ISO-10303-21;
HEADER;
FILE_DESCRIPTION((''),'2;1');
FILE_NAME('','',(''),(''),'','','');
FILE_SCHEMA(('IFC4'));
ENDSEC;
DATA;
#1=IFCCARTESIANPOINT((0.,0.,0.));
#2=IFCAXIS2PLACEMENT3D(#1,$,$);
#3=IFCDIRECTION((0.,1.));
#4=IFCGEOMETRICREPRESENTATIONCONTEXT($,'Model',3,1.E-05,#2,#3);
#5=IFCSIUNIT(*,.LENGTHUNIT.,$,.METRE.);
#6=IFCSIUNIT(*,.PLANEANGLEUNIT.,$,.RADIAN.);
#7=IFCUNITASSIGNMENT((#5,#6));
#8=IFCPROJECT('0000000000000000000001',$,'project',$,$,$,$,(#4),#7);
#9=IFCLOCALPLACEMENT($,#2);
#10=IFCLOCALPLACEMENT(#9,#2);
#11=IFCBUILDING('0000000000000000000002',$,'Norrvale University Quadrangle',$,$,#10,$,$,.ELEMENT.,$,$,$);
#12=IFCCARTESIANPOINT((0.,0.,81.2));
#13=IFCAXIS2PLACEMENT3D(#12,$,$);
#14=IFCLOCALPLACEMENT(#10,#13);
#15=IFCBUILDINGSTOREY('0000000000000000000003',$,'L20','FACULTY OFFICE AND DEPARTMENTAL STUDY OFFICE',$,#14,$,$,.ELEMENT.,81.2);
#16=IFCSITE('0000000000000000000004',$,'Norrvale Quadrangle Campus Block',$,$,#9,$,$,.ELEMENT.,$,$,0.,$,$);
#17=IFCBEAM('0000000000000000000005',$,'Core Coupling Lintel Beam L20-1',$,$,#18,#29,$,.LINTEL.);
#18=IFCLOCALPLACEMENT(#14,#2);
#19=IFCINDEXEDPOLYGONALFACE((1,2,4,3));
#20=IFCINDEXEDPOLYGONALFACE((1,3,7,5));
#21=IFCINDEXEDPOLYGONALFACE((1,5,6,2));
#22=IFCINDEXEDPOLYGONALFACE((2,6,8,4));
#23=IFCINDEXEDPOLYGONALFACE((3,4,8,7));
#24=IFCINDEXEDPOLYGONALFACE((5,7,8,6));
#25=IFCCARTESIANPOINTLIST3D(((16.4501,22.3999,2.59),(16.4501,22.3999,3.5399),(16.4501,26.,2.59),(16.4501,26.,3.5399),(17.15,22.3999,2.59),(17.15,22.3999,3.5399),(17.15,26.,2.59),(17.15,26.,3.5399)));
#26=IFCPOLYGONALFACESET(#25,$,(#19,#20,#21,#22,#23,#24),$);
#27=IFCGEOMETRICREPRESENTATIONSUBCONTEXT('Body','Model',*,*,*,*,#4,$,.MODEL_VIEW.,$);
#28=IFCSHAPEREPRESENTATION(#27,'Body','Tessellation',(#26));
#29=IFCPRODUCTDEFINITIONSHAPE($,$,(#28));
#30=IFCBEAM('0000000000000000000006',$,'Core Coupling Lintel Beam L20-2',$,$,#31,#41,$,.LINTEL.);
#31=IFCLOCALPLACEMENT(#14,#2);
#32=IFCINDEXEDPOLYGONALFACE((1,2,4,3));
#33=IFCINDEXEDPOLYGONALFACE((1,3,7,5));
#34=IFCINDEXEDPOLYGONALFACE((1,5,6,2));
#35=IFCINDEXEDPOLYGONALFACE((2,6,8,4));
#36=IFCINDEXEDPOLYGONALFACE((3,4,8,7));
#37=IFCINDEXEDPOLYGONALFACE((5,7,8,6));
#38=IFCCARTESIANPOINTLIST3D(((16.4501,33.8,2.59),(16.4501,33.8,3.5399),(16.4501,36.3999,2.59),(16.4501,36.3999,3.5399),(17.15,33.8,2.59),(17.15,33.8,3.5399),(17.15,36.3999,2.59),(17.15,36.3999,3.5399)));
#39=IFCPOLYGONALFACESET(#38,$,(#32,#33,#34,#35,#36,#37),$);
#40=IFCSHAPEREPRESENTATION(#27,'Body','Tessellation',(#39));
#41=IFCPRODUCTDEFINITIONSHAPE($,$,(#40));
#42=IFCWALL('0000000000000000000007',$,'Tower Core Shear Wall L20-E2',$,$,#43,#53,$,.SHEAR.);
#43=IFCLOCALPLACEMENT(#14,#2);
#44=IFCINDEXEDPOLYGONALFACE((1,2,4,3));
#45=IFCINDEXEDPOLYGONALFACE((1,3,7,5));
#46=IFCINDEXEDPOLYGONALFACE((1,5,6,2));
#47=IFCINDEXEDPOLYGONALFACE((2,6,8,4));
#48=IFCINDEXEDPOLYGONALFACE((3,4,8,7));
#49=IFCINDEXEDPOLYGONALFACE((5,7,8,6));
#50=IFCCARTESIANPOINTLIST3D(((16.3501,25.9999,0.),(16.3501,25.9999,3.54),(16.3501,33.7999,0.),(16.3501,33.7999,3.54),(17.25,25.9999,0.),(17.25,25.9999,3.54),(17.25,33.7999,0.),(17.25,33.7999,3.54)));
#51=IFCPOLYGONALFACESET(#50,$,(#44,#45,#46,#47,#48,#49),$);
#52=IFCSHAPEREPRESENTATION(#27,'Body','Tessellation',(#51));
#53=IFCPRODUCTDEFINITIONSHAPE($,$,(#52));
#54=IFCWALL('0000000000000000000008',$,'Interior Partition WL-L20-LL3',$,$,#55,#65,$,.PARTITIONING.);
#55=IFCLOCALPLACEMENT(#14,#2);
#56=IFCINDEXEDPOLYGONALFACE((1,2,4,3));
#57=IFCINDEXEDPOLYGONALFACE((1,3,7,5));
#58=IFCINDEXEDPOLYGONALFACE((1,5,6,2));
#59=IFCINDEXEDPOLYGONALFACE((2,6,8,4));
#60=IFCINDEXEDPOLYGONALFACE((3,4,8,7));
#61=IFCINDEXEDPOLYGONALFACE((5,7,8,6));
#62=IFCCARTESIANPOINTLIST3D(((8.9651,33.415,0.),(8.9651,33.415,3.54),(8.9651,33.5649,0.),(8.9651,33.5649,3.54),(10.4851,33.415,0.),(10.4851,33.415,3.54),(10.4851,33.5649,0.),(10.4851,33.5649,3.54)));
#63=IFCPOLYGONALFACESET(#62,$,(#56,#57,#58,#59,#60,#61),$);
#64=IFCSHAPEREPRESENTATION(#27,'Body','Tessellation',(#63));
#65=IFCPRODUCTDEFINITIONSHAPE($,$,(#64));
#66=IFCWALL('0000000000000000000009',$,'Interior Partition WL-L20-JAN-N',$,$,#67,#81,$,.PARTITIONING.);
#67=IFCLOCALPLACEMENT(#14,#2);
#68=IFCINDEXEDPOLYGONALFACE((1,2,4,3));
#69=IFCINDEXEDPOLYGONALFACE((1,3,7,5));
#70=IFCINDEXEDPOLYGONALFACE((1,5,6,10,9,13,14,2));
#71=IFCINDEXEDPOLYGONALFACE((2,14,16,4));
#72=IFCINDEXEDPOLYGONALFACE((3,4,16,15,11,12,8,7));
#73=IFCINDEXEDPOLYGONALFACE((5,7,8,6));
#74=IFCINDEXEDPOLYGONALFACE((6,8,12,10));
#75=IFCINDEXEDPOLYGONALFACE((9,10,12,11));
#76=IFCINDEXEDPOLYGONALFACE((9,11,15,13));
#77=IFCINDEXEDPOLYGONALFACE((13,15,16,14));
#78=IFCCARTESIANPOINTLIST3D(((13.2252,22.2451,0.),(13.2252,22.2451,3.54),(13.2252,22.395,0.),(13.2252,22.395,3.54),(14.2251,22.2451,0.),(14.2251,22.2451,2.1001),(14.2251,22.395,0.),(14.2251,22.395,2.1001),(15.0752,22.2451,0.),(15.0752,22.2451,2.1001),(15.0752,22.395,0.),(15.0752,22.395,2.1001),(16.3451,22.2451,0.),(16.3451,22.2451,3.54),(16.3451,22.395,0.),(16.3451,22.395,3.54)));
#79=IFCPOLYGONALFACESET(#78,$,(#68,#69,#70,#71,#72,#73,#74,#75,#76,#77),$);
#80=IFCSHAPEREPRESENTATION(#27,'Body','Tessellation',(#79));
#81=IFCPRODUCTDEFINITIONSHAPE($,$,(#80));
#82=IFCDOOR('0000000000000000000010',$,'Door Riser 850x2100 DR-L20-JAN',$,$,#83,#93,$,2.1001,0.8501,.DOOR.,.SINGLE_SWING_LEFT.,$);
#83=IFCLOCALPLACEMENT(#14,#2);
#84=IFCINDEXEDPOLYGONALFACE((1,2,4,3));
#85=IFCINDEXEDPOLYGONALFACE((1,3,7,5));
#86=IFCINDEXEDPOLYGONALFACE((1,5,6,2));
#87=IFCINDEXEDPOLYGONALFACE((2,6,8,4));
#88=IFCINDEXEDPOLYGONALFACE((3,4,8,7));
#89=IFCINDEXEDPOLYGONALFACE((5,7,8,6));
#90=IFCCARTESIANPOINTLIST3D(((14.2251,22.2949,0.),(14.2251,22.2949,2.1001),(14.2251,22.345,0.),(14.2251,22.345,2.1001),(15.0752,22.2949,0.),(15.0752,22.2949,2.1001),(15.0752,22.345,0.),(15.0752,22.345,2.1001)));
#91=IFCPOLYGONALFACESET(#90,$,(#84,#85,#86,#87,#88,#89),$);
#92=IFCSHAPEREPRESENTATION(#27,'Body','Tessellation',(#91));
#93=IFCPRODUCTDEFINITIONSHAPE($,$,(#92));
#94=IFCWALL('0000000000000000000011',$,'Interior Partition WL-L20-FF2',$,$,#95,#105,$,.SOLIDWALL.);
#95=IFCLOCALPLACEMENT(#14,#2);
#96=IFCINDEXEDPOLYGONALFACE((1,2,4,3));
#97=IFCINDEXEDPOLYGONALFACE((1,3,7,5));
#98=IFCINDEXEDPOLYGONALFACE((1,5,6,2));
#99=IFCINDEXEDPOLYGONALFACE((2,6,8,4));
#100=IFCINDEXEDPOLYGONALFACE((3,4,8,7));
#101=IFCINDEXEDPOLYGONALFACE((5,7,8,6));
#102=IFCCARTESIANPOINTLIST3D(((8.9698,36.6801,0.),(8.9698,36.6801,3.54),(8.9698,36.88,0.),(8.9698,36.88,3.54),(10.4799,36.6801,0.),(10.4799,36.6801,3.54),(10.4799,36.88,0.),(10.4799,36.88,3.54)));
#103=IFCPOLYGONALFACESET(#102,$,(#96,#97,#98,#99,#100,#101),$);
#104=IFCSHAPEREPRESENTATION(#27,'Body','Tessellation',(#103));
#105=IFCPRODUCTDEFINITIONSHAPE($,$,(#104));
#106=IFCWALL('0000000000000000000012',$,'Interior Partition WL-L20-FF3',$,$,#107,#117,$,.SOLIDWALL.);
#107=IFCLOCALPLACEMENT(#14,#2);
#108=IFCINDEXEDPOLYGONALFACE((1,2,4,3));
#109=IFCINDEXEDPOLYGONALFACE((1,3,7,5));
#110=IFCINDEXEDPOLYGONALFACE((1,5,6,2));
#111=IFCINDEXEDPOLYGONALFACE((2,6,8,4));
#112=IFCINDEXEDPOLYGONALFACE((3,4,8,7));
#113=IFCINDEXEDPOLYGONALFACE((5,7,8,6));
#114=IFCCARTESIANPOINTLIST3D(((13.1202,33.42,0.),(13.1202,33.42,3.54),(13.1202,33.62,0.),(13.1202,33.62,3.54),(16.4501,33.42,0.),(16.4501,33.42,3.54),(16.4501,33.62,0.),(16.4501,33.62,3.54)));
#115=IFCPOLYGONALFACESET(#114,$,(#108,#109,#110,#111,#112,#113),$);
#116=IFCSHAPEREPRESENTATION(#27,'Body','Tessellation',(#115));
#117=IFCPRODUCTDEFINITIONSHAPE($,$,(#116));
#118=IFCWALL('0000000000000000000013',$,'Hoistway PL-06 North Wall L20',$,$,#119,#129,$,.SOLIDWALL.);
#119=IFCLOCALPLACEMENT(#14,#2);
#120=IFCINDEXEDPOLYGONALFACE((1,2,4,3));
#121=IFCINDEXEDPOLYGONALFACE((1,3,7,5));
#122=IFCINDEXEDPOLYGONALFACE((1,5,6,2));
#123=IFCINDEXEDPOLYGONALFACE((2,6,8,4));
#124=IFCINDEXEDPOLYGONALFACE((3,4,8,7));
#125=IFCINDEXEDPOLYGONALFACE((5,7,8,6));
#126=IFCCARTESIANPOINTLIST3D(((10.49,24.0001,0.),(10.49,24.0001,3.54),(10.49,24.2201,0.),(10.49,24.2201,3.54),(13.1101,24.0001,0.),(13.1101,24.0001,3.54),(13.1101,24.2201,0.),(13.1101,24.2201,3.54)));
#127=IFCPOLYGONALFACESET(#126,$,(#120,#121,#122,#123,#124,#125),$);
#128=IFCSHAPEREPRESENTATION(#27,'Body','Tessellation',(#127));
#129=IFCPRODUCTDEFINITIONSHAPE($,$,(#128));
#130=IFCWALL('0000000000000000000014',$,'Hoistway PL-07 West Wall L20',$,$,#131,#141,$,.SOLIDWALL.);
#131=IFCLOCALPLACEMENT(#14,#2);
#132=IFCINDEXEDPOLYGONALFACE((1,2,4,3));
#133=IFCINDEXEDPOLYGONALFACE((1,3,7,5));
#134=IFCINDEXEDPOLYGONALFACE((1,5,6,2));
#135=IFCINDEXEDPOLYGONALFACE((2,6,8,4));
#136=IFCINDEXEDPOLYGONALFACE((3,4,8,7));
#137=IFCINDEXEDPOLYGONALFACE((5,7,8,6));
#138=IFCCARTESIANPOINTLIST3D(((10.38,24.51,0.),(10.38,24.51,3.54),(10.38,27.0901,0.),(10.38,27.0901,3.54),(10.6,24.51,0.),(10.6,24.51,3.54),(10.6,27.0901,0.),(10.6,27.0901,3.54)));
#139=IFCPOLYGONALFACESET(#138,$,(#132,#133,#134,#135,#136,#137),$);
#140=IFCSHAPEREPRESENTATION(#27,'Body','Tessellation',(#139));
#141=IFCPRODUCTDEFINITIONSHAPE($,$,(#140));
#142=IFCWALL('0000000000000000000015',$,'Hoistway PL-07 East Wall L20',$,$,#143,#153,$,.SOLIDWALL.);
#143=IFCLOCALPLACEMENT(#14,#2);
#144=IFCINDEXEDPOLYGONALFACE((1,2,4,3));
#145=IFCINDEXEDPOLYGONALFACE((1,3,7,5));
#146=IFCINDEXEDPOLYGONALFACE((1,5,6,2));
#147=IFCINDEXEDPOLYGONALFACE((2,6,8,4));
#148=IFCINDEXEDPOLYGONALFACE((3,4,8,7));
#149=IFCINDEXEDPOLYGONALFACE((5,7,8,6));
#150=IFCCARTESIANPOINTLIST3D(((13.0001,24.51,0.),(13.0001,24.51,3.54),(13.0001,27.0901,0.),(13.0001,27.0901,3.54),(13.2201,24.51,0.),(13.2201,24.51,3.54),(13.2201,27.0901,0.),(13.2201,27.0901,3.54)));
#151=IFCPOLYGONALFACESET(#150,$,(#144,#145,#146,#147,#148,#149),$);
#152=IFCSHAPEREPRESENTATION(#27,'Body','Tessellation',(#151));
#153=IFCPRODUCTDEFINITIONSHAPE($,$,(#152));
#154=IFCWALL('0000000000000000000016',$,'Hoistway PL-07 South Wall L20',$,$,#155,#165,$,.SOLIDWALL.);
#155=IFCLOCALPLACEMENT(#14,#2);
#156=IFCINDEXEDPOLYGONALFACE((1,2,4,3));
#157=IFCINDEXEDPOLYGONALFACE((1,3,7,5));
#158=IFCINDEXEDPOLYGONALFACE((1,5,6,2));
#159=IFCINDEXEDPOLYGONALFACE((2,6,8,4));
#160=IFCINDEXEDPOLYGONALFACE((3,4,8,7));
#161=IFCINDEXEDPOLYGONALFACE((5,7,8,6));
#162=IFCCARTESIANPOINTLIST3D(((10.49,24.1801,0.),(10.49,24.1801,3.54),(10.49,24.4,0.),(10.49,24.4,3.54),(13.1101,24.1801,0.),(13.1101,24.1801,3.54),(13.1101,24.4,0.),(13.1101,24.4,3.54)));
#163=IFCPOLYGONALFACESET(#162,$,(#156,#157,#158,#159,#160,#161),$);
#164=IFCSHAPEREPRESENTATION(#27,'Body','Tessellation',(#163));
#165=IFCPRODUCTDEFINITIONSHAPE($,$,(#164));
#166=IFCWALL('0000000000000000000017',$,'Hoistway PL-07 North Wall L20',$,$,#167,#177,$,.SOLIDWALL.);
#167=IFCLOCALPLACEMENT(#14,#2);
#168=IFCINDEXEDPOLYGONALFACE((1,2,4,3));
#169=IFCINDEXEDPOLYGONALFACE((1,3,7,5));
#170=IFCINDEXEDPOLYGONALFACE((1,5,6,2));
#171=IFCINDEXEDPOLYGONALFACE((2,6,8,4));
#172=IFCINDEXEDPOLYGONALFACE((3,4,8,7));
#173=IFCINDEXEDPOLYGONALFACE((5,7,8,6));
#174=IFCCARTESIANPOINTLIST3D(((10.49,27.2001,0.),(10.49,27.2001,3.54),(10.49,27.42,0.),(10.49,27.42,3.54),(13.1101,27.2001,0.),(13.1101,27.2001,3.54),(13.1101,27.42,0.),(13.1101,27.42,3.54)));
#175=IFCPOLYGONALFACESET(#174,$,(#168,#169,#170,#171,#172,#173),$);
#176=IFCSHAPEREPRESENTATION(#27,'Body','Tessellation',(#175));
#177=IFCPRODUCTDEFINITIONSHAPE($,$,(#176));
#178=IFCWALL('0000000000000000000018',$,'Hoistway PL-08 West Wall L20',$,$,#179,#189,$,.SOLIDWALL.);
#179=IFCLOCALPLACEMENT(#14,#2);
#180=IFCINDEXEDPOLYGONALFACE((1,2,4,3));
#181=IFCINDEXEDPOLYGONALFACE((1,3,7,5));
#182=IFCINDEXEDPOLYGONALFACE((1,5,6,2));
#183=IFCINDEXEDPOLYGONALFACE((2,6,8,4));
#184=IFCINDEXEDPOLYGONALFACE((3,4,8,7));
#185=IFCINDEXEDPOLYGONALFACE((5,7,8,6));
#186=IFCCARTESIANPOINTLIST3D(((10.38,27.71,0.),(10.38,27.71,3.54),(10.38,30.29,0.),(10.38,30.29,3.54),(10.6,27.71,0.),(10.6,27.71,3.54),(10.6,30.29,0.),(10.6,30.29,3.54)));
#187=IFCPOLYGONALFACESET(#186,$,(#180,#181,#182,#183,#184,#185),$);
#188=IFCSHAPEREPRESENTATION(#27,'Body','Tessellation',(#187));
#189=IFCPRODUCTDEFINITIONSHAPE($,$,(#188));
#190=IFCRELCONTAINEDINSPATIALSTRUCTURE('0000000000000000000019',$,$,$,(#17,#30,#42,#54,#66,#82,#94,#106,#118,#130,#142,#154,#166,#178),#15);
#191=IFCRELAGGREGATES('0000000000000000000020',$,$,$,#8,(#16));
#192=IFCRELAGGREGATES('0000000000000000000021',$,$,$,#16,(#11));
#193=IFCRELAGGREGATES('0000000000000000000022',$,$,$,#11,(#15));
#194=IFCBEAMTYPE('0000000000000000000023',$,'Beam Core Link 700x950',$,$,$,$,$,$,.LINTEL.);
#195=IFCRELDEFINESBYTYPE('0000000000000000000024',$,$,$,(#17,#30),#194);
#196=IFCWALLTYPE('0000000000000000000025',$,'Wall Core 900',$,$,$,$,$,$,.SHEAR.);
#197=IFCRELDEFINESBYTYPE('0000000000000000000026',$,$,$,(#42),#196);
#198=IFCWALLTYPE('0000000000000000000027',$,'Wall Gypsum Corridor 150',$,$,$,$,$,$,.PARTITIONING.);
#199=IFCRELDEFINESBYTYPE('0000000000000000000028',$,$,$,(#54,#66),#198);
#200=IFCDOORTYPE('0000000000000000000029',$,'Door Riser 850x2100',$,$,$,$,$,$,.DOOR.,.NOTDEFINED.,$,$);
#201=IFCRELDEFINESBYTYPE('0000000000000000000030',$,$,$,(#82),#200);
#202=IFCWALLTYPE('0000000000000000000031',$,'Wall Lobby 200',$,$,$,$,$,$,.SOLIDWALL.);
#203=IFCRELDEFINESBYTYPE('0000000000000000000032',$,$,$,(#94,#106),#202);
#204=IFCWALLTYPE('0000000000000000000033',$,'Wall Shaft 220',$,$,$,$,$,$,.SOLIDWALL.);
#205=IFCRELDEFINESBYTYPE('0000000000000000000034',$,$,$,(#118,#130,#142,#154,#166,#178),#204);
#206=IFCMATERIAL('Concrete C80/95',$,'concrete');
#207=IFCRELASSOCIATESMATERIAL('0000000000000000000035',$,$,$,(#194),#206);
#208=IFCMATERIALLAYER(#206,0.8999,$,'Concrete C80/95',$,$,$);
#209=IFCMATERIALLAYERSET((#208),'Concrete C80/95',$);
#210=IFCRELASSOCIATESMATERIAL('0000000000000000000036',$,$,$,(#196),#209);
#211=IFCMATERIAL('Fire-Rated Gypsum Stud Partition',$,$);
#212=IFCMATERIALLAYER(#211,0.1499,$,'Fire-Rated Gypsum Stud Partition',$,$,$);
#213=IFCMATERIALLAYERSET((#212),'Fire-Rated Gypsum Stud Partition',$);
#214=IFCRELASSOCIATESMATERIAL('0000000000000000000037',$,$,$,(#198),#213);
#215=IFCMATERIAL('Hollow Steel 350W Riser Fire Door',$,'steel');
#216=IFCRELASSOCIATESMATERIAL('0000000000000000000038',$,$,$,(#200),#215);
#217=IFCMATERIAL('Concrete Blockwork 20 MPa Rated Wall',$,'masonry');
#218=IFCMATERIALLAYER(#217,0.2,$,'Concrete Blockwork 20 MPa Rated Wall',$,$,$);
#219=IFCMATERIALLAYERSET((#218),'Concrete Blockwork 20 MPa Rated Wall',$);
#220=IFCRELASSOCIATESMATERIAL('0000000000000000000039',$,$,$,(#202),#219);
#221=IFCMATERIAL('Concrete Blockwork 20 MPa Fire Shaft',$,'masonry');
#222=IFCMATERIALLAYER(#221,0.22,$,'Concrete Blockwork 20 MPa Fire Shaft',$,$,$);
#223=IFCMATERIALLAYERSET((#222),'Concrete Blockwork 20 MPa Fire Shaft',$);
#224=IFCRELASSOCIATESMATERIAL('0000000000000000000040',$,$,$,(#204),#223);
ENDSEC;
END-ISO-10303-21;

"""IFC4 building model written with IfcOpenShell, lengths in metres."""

from ifc_helpers import new_model, si_unit, direction, frame, frame_2d, origin, origin_2d, place, context, subcontext, project, spatial, rectangle, extrude, material, layer, layer_set, material_profile, profile_set, type_object, element, fill, save


model = new_model("IFC4")

# Units and contexts
model_context = context("Model", 3, precision=1e-05, world=origin(), true_north=direction((0.0, 1.0)))
body_context = subcontext(model_context, "Body", "Model", "MODEL_VIEW")
ifc_project = project(units=[si_unit("LENGTHUNIT", "METRE"), si_unit("PLANEANGLEUNIT", "RADIAN")], contexts=[model_context])

# Site, building, storey
site_placement = place(None, origin())
site = spatial("IfcSite", under=ifc_project, at=site_placement, Name="Norrvale Quadrangle Campus Block", CompositionType="ELEMENT", RefElevation=0.0)
building_placement = place(site_placement, origin())
building = spatial("IfcBuilding", under=site, at=building_placement, Name="Norrvale University Quadrangle", CompositionType="ELEMENT")
storey_placement = place(building_placement, frame((0.0, 0.0, 81.2)))
storey = spatial("IfcBuildingStorey", under=building, at=storey_placement, Name="L20", Description="FACULTY OFFICE AND DEPARTMENTAL STUDY OFFICE", CompositionType="ELEMENT", Elevation=81.2)

# Beams
ifc_material_1 = material(Name="Concrete C80/95", Category="concrete")
ifc_material_profile = material_profile(ifc_material_1, rectangle(XDim=0.7, YDim=0.95, at=origin_2d()), Name="Concrete C80/95")
ifc_profile_set = profile_set([ifc_material_profile], Name="Concrete C80/95")
beam_type = type_object("IfcBeamType", Name="Beam Core Link 700x950", PredefinedType="LINTEL", material=ifc_profile_set)
beam_1_placement = place(storey_placement, frame((16.8, 22.3999, 3.0649), z_axis=(0.0, 1.0, 0.0), x_axis=(-1.0, 0.0, 0.0)))
element("IfcBeam", 1, at=beam_1_placement, inside=storey, type_object=beam_type, Name="Core Coupling Lintel Beam L20-1", PredefinedType="LINTEL", context=body_context, shape_type="SweptSolid", body=[
    extrude(rectangle(XDim=0.7, YDim=0.95, at=origin_2d()), origin(), (0.0, 0.0, 1.0), 3.6001),
])
beam_2_placement = place(storey_placement, frame((16.8, 33.8, 3.0649), z_axis=(0.0, 1.0, 0.0), x_axis=(-1.0, 0.0, 0.0)))
element("IfcBeam", 2, at=beam_2_placement, inside=storey, type_object=beam_type, Name="Core Coupling Lintel Beam L20-2", PredefinedType="LINTEL", context=body_context, shape_type="SweptSolid", body=[
    extrude(rectangle(XDim=0.7, YDim=0.95, at=origin_2d()), origin(), (0.0, 0.0, 1.0), 2.5999),
])

# Wall
ifc_layer_1 = layer(ifc_material_1, 0.8999, Name="Concrete C80/95")
ifc_layer_set_1 = layer_set([ifc_layer_1], Name="Concrete C80/95")
wall_type_1 = type_object("IfcWallType", Name="Wall Core 900", PredefinedType="SHEAR", material=ifc_layer_set_1)
wall_1_placement = place(storey_placement, frame((16.8, 26.0, 0.0), z_axis=(0.0, 0.0, 1.0), x_axis=(0.0, 1.0, 0.0)))
element("IfcWall", 3, at=wall_1_placement, inside=storey, type_object=wall_type_1, Name="Tower Core Shear Wall L20-E2", PredefinedType="SHEAR", context=body_context, shape_type="SweptSolid", body=[
    extrude(rectangle(XDim=7.8, YDim=0.8999, at=frame_2d((3.8999, 0.0))), origin(), (0.0, 0.0, 1.0), 3.54),
])

# Wall
ifc_material_2 = material(Name="Fire-Rated Gypsum Stud Partition")
ifc_layer_2 = layer(ifc_material_2, 0.1499, Name="Fire-Rated Gypsum Stud Partition")
ifc_layer_set_2 = layer_set([ifc_layer_2], Name="Fire-Rated Gypsum Stud Partition")
wall_type_2 = type_object("IfcWallType", Name="Wall Gypsum Corridor 150", PredefinedType="PARTITIONING", material=ifc_layer_set_2)
wall_2_placement = place(storey_placement, frame((8.9651, 33.49, 0.0), z_axis=(0.0, 0.0, 1.0), x_axis=(1.0, 0.0, 0.0)))
element("IfcWall", 4, at=wall_2_placement, inside=storey, type_object=wall_type_2, Name="Interior Partition WL-L20-LL3", PredefinedType="PARTITIONING", context=body_context, shape_type="SweptSolid", body=[
    extrude(rectangle(XDim=1.52, YDim=0.1499, at=frame_2d((0.76, 0.0))), origin(), (0.0, 0.0, 1.0), 3.54),
])

# Wall, opening, door
wall_3_placement = place(storey_placement, frame((13.2251, 22.3201, 0.0), z_axis=(0.0, 0.0, 1.0), x_axis=(1.0, 0.0, 0.0)))
wall_3 = element("IfcWall", 5, at=wall_3_placement, inside=storey, type_object=wall_type_2, Name="Interior Partition WL-L20-JAN-N", PredefinedType="PARTITIONING", context=body_context, shape_type="SweptSolid", body=[
    extrude(rectangle(XDim=3.1199, YDim=0.1499, at=frame_2d((1.5601, 0.0))), origin(), (0.0, 0.0, 1.0), 3.54),
])
opening_1_placement = place(wall_3_placement, frame((1.0, 0.0, 0.0)))
opening_1 = element("IfcOpeningElement", 6, at=opening_1_placement, cuts=wall_3, PredefinedType="OPENING", context=body_context, shape_type="SweptSolid", body=[
    extrude(rectangle(XDim=0.8501, YDim=2.1001, at=frame_2d((0.425, 1.05))), frame((0.0, 0.0869, 0.0), z_axis=(0.0, -1.0, 0.0), x_axis=(1.0, 0.0, 0.0)), (0.0, 0.0, 1.0), 0.1738),
])
ifc_material_3 = material(Name="Hollow Steel 350W Riser Fire Door", Category="steel")
door_type_1 = type_object("IfcDoorType", Name="Door Riser 850x2100", OperationType="NOTDEFINED", PredefinedType="DOOR", material=ifc_material_3)
door_1_placement = place(opening_1_placement, origin())
door_1 = element("IfcDoor", 7, at=door_1_placement, inside=storey, type_object=door_type_1, Name="Door Riser 850x2100 DR-L20-JAN", OperationType="SINGLE_SWING_LEFT", OverallHeight=2.1001, OverallWidth=0.8501, PredefinedType="DOOR", context=body_context, shape_type="SweptSolid", body=[
    extrude(rectangle(XDim=0.8501, YDim=2.1001, at=frame_2d((0.425, 1.05))), frame((0.0, 0.0249, 0.0), z_axis=(0.0, -1.0, 0.0), x_axis=(1.0, 0.0, 0.0)), (0.0, 0.0, 1.0), 0.05),
])
fill(opening_1, door_1)

# Walls
ifc_material_4 = material(Name="Concrete Blockwork 20 MPa Rated Wall", Category="masonry")
ifc_layer_3 = layer(ifc_material_4, 0.2, Name="Concrete Blockwork 20 MPa Rated Wall")
ifc_layer_set_3 = layer_set([ifc_layer_3], Name="Concrete Blockwork 20 MPa Rated Wall")
wall_type_3 = type_object("IfcWallType", Name="Wall Lobby 200", PredefinedType="SOLIDWALL", material=ifc_layer_set_3)
wall_4_placement = place(storey_placement, frame((8.97, 36.78, 0.0), z_axis=(0.0, 0.0, 1.0), x_axis=(1.0, 0.0, 0.0)))
element("IfcWall", 8, at=wall_4_placement, inside=storey, type_object=wall_type_3, Name="Interior Partition WL-L20-FF2", PredefinedType="SOLIDWALL", context=body_context, shape_type="SweptSolid", body=[
    extrude(rectangle(XDim=1.51, YDim=0.2, at=frame_2d((0.7549, 0.0))), origin(), (0.0, 0.0, 1.0), 3.54),
])
wall_5_placement = place(storey_placement, frame((13.1201, 33.52, 0.0), z_axis=(0.0, 0.0, 1.0), x_axis=(1.0, 0.0, 0.0)))
element("IfcWall", 9, at=wall_5_placement, inside=storey, type_object=wall_type_3, Name="Interior Partition WL-L20-FF3", PredefinedType="SOLIDWALL", context=body_context, shape_type="SweptSolid", body=[
    extrude(rectangle(XDim=3.3298, YDim=0.2, at=frame_2d((1.665, 0.0))), origin(), (0.0, 0.0, 1.0), 3.54),
])
ifc_material_5 = material(Name="Concrete Blockwork 20 MPa Fire Shaft", Category="masonry")
ifc_layer_4 = layer(ifc_material_5, 0.22, Name="Concrete Blockwork 20 MPa Fire Shaft")
ifc_layer_set_4 = layer_set([ifc_layer_4], Name="Concrete Blockwork 20 MPa Fire Shaft")
wall_type_4 = type_object("IfcWallType", Name="Wall Shaft 220", PredefinedType="SOLIDWALL", material=ifc_layer_set_4)
wall_6_placement = place(storey_placement, frame((10.49, 24.1101, 0.0), z_axis=(0.0, 0.0, 1.0), x_axis=(1.0, 0.0, 0.0)))
element("IfcWall", 10, at=wall_6_placement, inside=storey, type_object=wall_type_4, Name="Hoistway PL-06 North Wall L20", PredefinedType="SOLIDWALL", context=body_context, shape_type="SweptSolid", body=[
    extrude(rectangle(XDim=2.6201, YDim=0.22, at=frame_2d((1.3101, 0.0))), origin(), (0.0, 0.0, 1.0), 3.54),
])
for number, where, z_axis, x_axis, name in (
    (11, (10.49, 24.51, 0.0), (0.0, 0.0, 1.0), (0.0, 1.0, 0.0), "Hoistway PL-07 West Wall L20"),
    (12, (13.1101, 24.51, 0.0), (0.0, 0.0, 1.0), (0.0, 1.0, 0.0), "Hoistway PL-07 East Wall L20"),
):
    element("IfcWall", number, at=place(storey_placement, frame(where, z_axis=z_axis, x_axis=x_axis)), inside=storey, type_object=wall_type_4, Name=name, PredefinedType="SOLIDWALL", context=body_context, shape_type="SweptSolid", body=[
        extrude(rectangle(XDim=2.5801, YDim=0.22, at=frame_2d((1.29, 0.0))), origin(), (0.0, 0.0, 1.0), 3.54),
    ])
for number, where, z_axis, x_axis, name in (
    (13, (10.49, 24.29, 0.0), (0.0, 0.0, 1.0), (1.0, 0.0, 0.0), "Hoistway PL-07 South Wall L20"),
    (14, (10.49, 27.3101, 0.0), (0.0, 0.0, 1.0), (1.0, 0.0, 0.0), "Hoistway PL-07 North Wall L20"),
):
    element("IfcWall", number, at=place(storey_placement, frame(where, z_axis=z_axis, x_axis=x_axis)), inside=storey, type_object=wall_type_4, Name=name, PredefinedType="SOLIDWALL", context=body_context, shape_type="SweptSolid", body=[
        extrude(rectangle(XDim=2.6201, YDim=0.22, at=frame_2d((1.3101, 0.0))), origin(), (0.0, 0.0, 1.0), 3.54),
    ])
for number, where, z_axis, x_axis, name in (
    (15, (10.49, 27.71, 0.0), (0.0, 0.0, 1.0), (0.0, 1.0, 0.0), "Hoistway PL-08 West Wall L20"),
):
    element("IfcWall", number, at=place(storey_placement, frame(where, z_axis=z_axis, x_axis=x_axis)), inside=storey, type_object=wall_type_4, Name=name, PredefinedType="SOLIDWALL", context=body_context, shape_type="SweptSolid", body=[
        extrude(rectangle(XDim=2.5801, YDim=0.22, at=frame_2d((1.29, 0.0))), origin(), (0.0, 0.0, 1.0), 3.54),
    ])

save(model, "model.ifc")
